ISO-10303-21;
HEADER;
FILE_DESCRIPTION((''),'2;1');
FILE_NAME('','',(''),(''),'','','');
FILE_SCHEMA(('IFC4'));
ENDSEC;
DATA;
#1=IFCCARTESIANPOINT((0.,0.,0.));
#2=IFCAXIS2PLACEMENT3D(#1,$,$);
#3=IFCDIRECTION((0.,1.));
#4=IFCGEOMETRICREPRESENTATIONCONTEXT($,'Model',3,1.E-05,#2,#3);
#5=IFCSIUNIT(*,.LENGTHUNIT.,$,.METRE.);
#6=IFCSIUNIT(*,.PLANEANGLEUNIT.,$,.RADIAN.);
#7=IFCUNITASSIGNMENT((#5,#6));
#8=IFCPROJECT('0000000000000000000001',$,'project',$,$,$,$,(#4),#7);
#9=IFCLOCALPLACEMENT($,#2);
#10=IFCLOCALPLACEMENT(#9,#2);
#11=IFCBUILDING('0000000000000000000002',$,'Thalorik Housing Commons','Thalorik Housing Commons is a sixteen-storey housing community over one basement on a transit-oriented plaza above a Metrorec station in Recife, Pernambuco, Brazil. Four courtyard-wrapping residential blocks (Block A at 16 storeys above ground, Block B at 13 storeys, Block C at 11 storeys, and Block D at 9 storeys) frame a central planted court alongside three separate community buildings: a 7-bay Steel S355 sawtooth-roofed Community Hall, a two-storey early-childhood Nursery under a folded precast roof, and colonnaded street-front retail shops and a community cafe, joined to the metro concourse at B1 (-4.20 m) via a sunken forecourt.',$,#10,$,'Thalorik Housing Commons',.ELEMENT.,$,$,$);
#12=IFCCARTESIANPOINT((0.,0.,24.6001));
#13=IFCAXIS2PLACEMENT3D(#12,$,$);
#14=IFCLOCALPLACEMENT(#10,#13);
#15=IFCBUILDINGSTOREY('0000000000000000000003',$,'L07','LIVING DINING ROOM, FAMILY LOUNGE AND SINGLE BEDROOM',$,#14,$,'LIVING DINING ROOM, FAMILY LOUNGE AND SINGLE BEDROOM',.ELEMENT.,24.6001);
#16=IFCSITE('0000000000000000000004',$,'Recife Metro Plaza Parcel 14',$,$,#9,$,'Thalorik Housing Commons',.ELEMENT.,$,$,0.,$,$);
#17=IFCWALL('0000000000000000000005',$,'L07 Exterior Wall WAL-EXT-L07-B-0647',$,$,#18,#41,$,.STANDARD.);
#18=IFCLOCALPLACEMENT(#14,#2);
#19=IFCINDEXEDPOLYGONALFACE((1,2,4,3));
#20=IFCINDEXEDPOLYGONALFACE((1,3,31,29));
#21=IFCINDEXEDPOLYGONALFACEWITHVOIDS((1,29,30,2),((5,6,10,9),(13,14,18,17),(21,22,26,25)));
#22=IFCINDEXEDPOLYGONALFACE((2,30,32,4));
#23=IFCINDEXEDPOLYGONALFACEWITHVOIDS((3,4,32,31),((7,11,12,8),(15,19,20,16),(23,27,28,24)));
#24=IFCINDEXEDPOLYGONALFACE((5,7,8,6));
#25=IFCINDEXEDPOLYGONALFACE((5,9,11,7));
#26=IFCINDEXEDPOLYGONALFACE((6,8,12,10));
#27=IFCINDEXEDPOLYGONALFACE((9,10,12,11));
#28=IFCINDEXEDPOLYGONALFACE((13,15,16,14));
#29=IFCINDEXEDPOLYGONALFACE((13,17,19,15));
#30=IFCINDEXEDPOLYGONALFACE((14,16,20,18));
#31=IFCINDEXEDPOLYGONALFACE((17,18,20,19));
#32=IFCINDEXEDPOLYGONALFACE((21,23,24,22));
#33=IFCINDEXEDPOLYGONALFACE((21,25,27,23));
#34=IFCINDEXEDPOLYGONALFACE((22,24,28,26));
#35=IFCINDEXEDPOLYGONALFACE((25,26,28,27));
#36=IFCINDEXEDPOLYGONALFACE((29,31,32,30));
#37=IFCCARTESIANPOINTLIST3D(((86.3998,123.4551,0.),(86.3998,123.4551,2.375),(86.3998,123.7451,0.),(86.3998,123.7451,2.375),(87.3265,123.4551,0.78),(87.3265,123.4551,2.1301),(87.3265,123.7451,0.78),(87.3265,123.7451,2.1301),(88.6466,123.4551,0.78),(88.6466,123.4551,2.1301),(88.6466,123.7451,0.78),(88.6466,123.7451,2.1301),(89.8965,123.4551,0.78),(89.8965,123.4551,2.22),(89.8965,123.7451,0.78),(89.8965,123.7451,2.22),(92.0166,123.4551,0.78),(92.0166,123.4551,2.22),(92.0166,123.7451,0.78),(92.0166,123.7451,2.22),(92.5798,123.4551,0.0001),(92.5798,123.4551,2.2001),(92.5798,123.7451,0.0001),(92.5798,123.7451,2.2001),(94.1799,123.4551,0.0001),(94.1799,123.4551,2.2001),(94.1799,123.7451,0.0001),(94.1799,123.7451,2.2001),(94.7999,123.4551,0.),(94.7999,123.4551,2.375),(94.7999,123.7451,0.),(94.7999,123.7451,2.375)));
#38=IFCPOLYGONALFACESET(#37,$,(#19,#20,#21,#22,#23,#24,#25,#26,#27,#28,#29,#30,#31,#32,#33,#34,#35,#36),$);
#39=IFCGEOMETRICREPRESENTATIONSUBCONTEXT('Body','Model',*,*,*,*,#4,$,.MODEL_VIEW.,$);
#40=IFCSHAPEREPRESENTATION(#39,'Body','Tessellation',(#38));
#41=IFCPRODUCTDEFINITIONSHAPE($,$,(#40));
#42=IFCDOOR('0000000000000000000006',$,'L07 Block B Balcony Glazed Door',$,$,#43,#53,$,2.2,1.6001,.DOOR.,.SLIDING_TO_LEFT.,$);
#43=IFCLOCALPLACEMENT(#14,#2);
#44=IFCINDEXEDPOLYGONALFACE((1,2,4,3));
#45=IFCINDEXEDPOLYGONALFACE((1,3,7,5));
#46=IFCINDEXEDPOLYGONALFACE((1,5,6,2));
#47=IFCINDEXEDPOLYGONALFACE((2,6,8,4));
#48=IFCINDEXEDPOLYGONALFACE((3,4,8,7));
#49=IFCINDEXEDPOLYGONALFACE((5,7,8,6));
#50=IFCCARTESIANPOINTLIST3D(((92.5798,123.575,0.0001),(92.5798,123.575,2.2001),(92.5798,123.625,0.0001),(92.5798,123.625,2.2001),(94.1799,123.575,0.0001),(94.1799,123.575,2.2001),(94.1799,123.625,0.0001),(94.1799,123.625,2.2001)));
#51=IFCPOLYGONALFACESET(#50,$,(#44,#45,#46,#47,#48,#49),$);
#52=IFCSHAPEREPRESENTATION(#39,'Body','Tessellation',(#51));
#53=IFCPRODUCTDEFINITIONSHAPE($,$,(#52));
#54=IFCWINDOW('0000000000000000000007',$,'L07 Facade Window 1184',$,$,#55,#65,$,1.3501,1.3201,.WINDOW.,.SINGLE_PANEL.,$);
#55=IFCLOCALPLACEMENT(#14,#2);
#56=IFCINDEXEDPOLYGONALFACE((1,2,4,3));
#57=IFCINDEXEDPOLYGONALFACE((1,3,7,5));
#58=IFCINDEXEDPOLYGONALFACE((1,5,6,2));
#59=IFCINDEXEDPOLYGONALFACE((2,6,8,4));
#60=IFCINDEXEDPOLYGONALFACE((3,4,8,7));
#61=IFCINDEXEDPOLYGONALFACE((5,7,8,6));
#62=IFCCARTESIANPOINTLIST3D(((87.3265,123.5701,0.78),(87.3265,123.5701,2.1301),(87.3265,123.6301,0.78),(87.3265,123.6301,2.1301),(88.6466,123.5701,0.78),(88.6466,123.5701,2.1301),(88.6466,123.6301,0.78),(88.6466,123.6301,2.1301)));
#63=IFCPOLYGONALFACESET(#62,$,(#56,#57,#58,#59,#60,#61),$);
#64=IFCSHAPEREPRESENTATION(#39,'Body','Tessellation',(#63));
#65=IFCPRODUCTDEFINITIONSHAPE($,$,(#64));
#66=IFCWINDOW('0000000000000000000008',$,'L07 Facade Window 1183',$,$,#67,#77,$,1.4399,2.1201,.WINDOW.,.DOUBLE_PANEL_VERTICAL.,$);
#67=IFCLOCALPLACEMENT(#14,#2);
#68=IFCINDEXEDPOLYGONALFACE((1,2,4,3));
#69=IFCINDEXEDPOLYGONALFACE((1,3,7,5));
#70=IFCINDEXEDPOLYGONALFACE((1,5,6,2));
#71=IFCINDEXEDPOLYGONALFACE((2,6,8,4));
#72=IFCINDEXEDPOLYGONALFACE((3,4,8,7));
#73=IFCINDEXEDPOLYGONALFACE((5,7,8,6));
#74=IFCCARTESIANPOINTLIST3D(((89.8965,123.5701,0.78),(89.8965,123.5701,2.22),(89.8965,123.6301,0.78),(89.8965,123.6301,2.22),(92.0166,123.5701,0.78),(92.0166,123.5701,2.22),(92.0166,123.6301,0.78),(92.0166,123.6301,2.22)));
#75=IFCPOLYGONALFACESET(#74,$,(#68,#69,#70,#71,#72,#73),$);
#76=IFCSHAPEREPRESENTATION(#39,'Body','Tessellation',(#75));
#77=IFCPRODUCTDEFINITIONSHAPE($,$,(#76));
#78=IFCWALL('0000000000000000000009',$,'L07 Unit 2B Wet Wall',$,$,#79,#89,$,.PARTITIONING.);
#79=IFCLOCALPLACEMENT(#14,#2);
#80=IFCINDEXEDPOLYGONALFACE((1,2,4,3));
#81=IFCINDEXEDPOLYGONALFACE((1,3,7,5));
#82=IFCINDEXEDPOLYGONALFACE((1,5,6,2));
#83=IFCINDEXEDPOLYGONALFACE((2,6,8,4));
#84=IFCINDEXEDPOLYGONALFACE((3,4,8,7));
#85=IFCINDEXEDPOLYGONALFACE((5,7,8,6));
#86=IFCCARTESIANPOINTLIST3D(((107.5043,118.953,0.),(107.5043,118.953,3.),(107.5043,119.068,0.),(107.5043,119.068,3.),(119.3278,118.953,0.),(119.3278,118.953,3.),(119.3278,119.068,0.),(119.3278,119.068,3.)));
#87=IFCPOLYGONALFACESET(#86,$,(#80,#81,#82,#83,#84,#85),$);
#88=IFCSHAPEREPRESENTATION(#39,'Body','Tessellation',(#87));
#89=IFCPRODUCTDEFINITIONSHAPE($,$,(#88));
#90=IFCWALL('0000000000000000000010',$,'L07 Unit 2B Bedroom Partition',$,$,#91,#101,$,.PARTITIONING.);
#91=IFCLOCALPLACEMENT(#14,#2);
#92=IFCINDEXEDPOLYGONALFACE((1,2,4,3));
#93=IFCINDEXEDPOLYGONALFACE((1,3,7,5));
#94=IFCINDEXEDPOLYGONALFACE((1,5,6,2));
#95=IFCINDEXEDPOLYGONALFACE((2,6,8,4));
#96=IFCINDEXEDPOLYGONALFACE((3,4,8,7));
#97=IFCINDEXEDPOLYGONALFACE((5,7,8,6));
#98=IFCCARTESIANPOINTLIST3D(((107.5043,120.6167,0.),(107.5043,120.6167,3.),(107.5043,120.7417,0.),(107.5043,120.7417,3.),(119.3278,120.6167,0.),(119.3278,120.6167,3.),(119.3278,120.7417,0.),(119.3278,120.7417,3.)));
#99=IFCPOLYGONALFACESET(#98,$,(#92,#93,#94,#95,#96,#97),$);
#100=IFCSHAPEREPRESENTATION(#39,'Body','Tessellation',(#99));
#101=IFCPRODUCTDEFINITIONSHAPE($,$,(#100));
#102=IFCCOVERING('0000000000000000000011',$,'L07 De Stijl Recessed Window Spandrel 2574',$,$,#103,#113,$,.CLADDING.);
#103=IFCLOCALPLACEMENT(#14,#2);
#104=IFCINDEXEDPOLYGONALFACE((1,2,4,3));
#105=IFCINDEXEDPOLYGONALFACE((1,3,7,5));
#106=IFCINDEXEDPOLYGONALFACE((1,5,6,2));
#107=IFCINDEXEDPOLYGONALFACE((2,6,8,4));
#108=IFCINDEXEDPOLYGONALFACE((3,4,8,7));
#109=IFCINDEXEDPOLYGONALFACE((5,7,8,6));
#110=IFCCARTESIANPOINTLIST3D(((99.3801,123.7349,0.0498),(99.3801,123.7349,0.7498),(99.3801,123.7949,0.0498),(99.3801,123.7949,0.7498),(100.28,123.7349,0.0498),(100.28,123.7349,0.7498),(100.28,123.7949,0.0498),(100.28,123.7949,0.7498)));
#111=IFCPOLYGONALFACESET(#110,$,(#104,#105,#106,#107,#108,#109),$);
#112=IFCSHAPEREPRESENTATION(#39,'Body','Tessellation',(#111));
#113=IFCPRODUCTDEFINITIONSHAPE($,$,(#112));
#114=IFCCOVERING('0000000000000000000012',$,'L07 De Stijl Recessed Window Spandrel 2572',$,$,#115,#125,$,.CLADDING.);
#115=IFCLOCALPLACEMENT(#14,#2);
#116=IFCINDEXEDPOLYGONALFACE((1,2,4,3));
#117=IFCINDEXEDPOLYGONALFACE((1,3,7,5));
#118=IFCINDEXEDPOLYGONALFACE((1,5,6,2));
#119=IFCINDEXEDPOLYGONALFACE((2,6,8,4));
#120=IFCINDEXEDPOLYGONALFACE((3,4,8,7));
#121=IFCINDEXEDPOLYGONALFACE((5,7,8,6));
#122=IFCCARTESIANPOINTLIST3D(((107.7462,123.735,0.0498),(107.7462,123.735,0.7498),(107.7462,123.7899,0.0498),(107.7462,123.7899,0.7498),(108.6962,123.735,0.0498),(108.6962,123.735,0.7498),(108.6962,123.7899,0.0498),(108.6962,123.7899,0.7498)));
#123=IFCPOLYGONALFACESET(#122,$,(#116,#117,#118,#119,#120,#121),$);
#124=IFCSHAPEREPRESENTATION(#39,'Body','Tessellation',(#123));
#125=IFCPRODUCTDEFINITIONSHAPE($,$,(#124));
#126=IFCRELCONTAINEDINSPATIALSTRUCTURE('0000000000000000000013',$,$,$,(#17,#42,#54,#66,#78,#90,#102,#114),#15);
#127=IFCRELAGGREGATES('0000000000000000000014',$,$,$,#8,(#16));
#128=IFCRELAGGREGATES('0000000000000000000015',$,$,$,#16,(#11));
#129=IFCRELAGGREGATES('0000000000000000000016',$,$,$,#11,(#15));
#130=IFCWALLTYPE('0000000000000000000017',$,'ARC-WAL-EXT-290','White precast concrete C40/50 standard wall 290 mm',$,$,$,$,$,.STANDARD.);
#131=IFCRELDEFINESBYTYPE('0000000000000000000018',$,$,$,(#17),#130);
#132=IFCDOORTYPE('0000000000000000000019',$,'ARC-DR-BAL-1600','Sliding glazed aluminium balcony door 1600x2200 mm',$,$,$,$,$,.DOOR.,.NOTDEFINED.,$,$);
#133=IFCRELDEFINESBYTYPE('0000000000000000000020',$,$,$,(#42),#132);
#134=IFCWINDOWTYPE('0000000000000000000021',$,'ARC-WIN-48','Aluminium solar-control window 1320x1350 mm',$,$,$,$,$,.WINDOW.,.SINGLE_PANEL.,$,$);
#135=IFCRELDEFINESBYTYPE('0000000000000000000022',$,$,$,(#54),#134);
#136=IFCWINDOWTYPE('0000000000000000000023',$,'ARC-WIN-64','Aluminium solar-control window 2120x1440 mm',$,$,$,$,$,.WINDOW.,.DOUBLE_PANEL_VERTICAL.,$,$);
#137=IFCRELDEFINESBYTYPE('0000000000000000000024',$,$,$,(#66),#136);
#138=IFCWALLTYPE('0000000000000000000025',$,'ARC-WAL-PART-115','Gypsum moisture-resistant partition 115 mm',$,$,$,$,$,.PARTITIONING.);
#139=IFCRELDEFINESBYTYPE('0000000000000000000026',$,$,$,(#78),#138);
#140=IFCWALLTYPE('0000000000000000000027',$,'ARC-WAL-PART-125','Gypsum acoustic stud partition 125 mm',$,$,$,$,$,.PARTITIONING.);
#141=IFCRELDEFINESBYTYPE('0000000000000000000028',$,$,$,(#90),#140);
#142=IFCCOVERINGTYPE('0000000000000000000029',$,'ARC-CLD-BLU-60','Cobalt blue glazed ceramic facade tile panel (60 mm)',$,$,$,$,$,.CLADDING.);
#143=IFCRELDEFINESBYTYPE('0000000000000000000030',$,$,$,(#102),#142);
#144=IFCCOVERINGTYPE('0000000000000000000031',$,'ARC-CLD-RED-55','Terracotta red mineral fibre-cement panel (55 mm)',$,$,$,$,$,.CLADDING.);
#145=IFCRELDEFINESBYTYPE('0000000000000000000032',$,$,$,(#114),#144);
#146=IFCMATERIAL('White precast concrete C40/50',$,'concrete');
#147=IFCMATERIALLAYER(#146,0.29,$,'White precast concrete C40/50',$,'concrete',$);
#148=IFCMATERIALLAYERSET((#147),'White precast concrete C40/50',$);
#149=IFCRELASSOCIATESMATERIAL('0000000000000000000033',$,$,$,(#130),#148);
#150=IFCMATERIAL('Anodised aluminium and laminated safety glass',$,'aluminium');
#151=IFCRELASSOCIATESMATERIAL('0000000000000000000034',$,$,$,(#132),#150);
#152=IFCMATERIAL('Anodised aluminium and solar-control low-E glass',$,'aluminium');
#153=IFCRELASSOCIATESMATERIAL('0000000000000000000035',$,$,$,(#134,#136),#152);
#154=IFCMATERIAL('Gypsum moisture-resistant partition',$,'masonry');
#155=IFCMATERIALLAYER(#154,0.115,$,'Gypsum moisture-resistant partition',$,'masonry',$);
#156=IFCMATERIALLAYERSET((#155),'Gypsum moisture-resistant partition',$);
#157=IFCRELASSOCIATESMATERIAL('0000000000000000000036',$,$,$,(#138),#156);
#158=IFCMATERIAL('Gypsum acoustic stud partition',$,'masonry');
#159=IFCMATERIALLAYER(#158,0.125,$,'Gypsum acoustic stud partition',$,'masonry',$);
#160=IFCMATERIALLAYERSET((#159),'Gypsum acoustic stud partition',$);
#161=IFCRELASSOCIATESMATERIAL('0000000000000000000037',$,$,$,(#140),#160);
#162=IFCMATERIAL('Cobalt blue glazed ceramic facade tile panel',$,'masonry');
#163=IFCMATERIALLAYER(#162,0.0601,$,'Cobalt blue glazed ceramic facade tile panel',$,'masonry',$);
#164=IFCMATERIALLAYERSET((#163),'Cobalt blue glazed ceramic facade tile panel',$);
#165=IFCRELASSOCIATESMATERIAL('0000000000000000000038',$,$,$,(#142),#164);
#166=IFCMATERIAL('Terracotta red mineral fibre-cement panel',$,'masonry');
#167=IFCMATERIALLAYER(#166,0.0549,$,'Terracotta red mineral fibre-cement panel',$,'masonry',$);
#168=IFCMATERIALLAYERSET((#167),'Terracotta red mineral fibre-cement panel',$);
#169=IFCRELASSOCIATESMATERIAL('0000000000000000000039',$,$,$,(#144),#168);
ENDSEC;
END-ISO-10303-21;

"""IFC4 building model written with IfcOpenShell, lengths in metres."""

from ifc_helpers import new_model, si_unit, direction, frame, frame_2d, origin, origin_2d, place, context, subcontext, project, spatial, rectangle, extrude, material, layer, layer_set, type_object, element, fill, save


model = new_model("IFC4")

# Units and contexts
model_context = context("Model", 3, precision=1e-05, world=origin(), true_north=direction((0.0, 1.0)))
body_context = subcontext(model_context, "Body", "Model", "MODEL_VIEW")
ifc_project = project(units=[si_unit("LENGTHUNIT", "METRE"), si_unit("PLANEANGLEUNIT", "RADIAN")], contexts=[model_context])

# Site, building, storey
site_placement = place(None, origin())
site = spatial("IfcSite", under=ifc_project, at=site_placement, Name="Recife Metro Plaza Parcel 14", LongName="Thalorik Housing Commons", CompositionType="ELEMENT", RefElevation=0.0)
building_placement = place(site_placement, origin())
building = spatial("IfcBuilding", under=site, at=building_placement, Name="Thalorik Housing Commons", Description="Thalorik Housing Commons is a sixteen-storey housing community over one basement on a transit-oriented plaza above a Metrorec station in Recife, Pernambuco, Brazil. Four courtyard-wrapping residential blocks (Block A at 16 storeys above ground, Block B at 13 storeys, Block C at 11 storeys, and Block D at 9 storeys) frame a central planted court alongside three separate community buildings: a 7-bay Steel S355 sawtooth-roofed Community Hall, a two-storey early-childhood Nursery under a folded precast roof, and colonnaded street-front retail shops and a community cafe, joined to the metro concourse at B1 (-4.20 m) via a sunken forecourt.", LongName="Thalorik Housing Commons", CompositionType="ELEMENT")
storey_placement = place(building_placement, frame((0.0, 0.0, 24.6001)))
storey = spatial("IfcBuildingStorey", under=building, at=storey_placement, Name="L07", Description="LIVING DINING ROOM, FAMILY LOUNGE AND SINGLE BEDROOM", LongName="LIVING DINING ROOM, FAMILY LOUNGE AND SINGLE BEDROOM", CompositionType="ELEMENT", Elevation=24.6001)

# Wall, openings, door, windows
ifc_material_1 = material(Name="White precast concrete C40/50", Category="concrete")
ifc_layer_1 = layer(ifc_material_1, 0.29, Name="White precast concrete C40/50", Category="concrete")
ifc_layer_set_1 = layer_set([ifc_layer_1], Name="White precast concrete C40/50")
wall_type_1 = type_object("IfcWallType", Name="ARC-WAL-EXT-290", Description="White precast concrete C40/50 standard wall 290 mm", PredefinedType="STANDARD", material=ifc_layer_set_1)
ifc_material_2 = material(Name="Anodised aluminium and laminated safety glass", Category="aluminium")
ifc_material_3 = material(Name="Anodised aluminium and solar-control low-E glass", Category="aluminium")
wall_1_placement = place(storey_placement, frame((94.8, 123.6001, 0.0), z_axis=(0.0, 0.0, 1.0), x_axis=(-1.0, 0.0, 0.0)))
wall_1 = element("IfcWall", 1, at=wall_1_placement, inside=storey, type_object=wall_type_1, Name="L07 Exterior Wall WAL-EXT-L07-B-0647", PredefinedType="STANDARD", context=body_context, shape_type="SweptSolid", body=[
    extrude(rectangle(XDim=8.4001, YDim=0.29, at=frame_2d((4.2002, 0.0))), origin(), (0.0, 0.0, 1.0), 2.375),
])
opening_1_placement = place(wall_1_placement, frame((0.6201, 0.0, 0.0)))
opening_1 = element("IfcOpeningElement", 2, at=opening_1_placement, cuts=wall_1, PredefinedType="OPENING", context=body_context, shape_type="SweptSolid", body=[
    extrude(rectangle(XDim=1.6001, YDim=2.2, at=frame_2d((0.8, 1.1001))), frame((0.0, 0.155, 0.0), z_axis=(0.0, -1.0, 0.0), x_axis=(1.0, 0.0, 0.0)), (0.0, 0.0, 1.0), 0.3101),
])
opening_2_placement = place(wall_1_placement, frame((2.7834, 0.0, 0.78)))
opening_2 = element("IfcOpeningElement", 3, at=opening_2_placement, cuts=wall_1, PredefinedType="OPENING", context=body_context, shape_type="SweptSolid", body=[
    extrude(rectangle(XDim=2.1201, YDim=1.4399, at=frame_2d((1.0601, 0.72))), frame((0.0, 0.155, 0.0), z_axis=(0.0, -1.0, 0.0), x_axis=(1.0, 0.0, 0.0)), (0.0, 0.0, 1.0), 0.3101),
])
opening_3_placement = place(wall_1_placement, frame((6.1533, 0.0, 0.78)))
opening_3 = element("IfcOpeningElement", 4, at=opening_3_placement, cuts=wall_1, PredefinedType="OPENING", context=body_context, shape_type="SweptSolid", body=[
    extrude(rectangle(XDim=1.3201, YDim=1.3501, at=frame_2d((0.6602, 0.675))), frame((0.0, 0.155, 0.0), z_axis=(0.0, -1.0, 0.0), x_axis=(1.0, 0.0, 0.0)), (0.0, 0.0, 1.0), 0.3101),
])
door_type_1 = type_object("IfcDoorType", Name="ARC-DR-BAL-1600", Description="Sliding glazed aluminium balcony door 1600x2200 mm", OperationType="NOTDEFINED", PredefinedType="DOOR", material=ifc_material_2)
door_1_placement = place(opening_1_placement, frame((1.6001, 0.0, 0.0), z_axis=(0.0, 0.0, 1.0), x_axis=(-1.0, 0.0, 0.0)))
door_1 = element("IfcDoor", 5, at=door_1_placement, inside=storey, type_object=door_type_1, Name="L07 Block B Balcony Glazed Door", OperationType="SLIDING_TO_LEFT", OverallHeight=2.2, OverallWidth=1.6001, PredefinedType="DOOR", context=body_context, shape_type="SweptSolid", body=[
    extrude(rectangle(XDim=1.6001, YDim=2.2, at=frame_2d((0.8, 1.1001))), frame((0.0, 0.0249, 0.0), z_axis=(0.0, -1.0, 0.0), x_axis=(1.0, 0.0, 0.0)), (0.0, 0.0, 1.0), 0.05),
])
fill(opening_1, door_1)
window_type_1 = type_object("IfcWindowType", Name="ARC-WIN-48", Description="Aluminium solar-control window 1320x1350 mm", PartitioningType="SINGLE_PANEL", PredefinedType="WINDOW", material=ifc_material_3)
window_1_placement = place(opening_3_placement, origin())
window_1 = element("IfcWindow", 6, at=window_1_placement, inside=storey, type_object=window_type_1, Name="L07 Facade Window 1184", OverallHeight=1.3501, OverallWidth=1.3201, PartitioningType="SINGLE_PANEL", PredefinedType="WINDOW", context=body_context, shape_type="SweptSolid", body=[
    extrude(rectangle(XDim=1.3201, YDim=1.3501, at=frame_2d((0.6602, 0.675))), frame((0.0, 0.03, 0.0), z_axis=(0.0, -1.0, 0.0), x_axis=(1.0, 0.0, 0.0)), (0.0, 0.0, 1.0), 0.0601),
])
fill(opening_3, window_1)
window_type_2 = type_object("IfcWindowType", Name="ARC-WIN-64", Description="Aluminium solar-control window 2120x1440 mm", PartitioningType="DOUBLE_PANEL_VERTICAL", PredefinedType="WINDOW", material=ifc_material_3)
window_2_placement = place(opening_2_placement, origin())
window_2 = element("IfcWindow", 7, at=window_2_placement, inside=storey, type_object=window_type_2, Name="L07 Facade Window 1183", OverallHeight=1.4399, OverallWidth=2.1201, PartitioningType="DOUBLE_PANEL_VERTICAL", PredefinedType="WINDOW", context=body_context, shape_type="SweptSolid", body=[
    extrude(rectangle(XDim=2.1201, YDim=1.4399, at=frame_2d((1.0601, 0.72))), frame((0.0, 0.03, 0.0), z_axis=(0.0, -1.0, 0.0), x_axis=(1.0, 0.0, 0.0)), (0.0, 0.0, 1.0), 0.0601),
])
fill(opening_2, window_2)

# Walls
ifc_material_4 = material(Name="Gypsum moisture-resistant partition", Category="masonry")
ifc_layer_2 = layer(ifc_material_4, 0.115, Name="Gypsum moisture-resistant partition", Category="masonry")
ifc_layer_set_2 = layer_set([ifc_layer_2], Name="Gypsum moisture-resistant partition")
wall_type_2 = type_object("IfcWallType", Name="ARC-WAL-PART-115", Description="Gypsum moisture-resistant partition 115 mm", PredefinedType="PARTITIONING", material=ifc_layer_set_2)
wall_2_placement = place(storey_placement, frame((107.5044, 119.0105, 0.0), z_axis=(0.0, 0.0, 1.0), x_axis=(1.0, 0.0, 0.0)))
element("IfcWall", 8, at=wall_2_placement, inside=storey, type_object=wall_type_2, Name="L07 Unit 2B Wet Wall", PredefinedType="PARTITIONING", context=body_context, shape_type="SweptSolid", body=[
    extrude(rectangle(XDim=11.8235, YDim=0.115, at=frame_2d((5.9116, 0.0))), origin(), (0.0, 0.0, 1.0), 3.0),
])
ifc_material_5 = material(Name="Gypsum acoustic stud partition", Category="masonry")
ifc_layer_3 = layer(ifc_material_5, 0.125, Name="Gypsum acoustic stud partition", Category="masonry")
ifc_layer_set_3 = layer_set([ifc_layer_3], Name="Gypsum acoustic stud partition")
wall_type_3 = type_object("IfcWallType", Name="ARC-WAL-PART-125", Description="Gypsum acoustic stud partition 125 mm", PredefinedType="PARTITIONING", material=ifc_layer_set_3)
wall_3_placement = place(storey_placement, frame((107.5044, 120.6792, 0.0), z_axis=(0.0, 0.0, 1.0), x_axis=(1.0, 0.0, 0.0)))
element("IfcWall", 9, at=wall_3_placement, inside=storey, type_object=wall_type_3, Name="L07 Unit 2B Bedroom Partition", PredefinedType="PARTITIONING", context=body_context, shape_type="SweptSolid", body=[
    extrude(rectangle(XDim=11.8235, YDim=0.125, at=frame_2d((5.9116, 0.0))), origin(), (0.0, 0.0, 1.0), 3.0),
])

# Coverings
ifc_material_6 = material(Name="Cobalt blue glazed ceramic facade tile panel", Category="masonry")
ifc_layer_4 = layer(ifc_material_6, 0.0601, Name="Cobalt blue glazed ceramic facade tile panel", Category="masonry")
ifc_layer_set_4 = layer_set([ifc_layer_4], Name="Cobalt blue glazed ceramic facade tile panel")
covering_type_1 = type_object("IfcCoveringType", Name="ARC-CLD-BLU-60", Description="Cobalt blue glazed ceramic facade tile panel (60 mm)", PredefinedType="CLADDING", material=ifc_layer_set_4)
covering_1_placement = place(storey_placement, frame((99.8301, 123.7649, 0.0498), z_axis=(0.0, 0.0, 1.0), x_axis=(-1.0, 0.0, 0.0)))
element("IfcCovering", 10, at=covering_1_placement, inside=storey, type_object=covering_type_1, Name="L07 De Stijl Recessed Window Spandrel 2574", PredefinedType="CLADDING", context=body_context, shape_type="SweptSolid", body=[
    extrude(rectangle(XDim=0.8999, YDim=0.0601, at=origin_2d()), origin(), (0.0, 0.0, 1.0), 0.7),
])
ifc_material_7 = material(Name="Terracotta red mineral fibre-cement panel", Category="masonry")
ifc_layer_5 = layer(ifc_material_7, 0.0549, Name="Terracotta red mineral fibre-cement panel", Category="masonry")
ifc_layer_set_5 = layer_set([ifc_layer_5], Name="Terracotta red mineral fibre-cement panel")
covering_type_2 = type_object("IfcCoveringType", Name="ARC-CLD-RED-55", Description="Terracotta red mineral fibre-cement panel (55 mm)", PredefinedType="CLADDING", material=ifc_layer_set_5)
covering_2_placement = place(storey_placement, frame((108.2212, 123.7625, 0.0498), z_axis=(0.0, 0.0, 1.0), x_axis=(-1.0, 0.0, 0.0)))
element("IfcCovering", 11, at=covering_2_placement, inside=storey, type_object=covering_type_2, Name="L07 De Stijl Recessed Window Spandrel 2572", PredefinedType="CLADDING", context=body_context, shape_type="SweptSolid", body=[
    extrude(rectangle(XDim=0.95, YDim=0.0549, at=origin_2d()), origin(), (0.0, 0.0, 1.0), 0.7),
])

save(model, "model.ifc")
